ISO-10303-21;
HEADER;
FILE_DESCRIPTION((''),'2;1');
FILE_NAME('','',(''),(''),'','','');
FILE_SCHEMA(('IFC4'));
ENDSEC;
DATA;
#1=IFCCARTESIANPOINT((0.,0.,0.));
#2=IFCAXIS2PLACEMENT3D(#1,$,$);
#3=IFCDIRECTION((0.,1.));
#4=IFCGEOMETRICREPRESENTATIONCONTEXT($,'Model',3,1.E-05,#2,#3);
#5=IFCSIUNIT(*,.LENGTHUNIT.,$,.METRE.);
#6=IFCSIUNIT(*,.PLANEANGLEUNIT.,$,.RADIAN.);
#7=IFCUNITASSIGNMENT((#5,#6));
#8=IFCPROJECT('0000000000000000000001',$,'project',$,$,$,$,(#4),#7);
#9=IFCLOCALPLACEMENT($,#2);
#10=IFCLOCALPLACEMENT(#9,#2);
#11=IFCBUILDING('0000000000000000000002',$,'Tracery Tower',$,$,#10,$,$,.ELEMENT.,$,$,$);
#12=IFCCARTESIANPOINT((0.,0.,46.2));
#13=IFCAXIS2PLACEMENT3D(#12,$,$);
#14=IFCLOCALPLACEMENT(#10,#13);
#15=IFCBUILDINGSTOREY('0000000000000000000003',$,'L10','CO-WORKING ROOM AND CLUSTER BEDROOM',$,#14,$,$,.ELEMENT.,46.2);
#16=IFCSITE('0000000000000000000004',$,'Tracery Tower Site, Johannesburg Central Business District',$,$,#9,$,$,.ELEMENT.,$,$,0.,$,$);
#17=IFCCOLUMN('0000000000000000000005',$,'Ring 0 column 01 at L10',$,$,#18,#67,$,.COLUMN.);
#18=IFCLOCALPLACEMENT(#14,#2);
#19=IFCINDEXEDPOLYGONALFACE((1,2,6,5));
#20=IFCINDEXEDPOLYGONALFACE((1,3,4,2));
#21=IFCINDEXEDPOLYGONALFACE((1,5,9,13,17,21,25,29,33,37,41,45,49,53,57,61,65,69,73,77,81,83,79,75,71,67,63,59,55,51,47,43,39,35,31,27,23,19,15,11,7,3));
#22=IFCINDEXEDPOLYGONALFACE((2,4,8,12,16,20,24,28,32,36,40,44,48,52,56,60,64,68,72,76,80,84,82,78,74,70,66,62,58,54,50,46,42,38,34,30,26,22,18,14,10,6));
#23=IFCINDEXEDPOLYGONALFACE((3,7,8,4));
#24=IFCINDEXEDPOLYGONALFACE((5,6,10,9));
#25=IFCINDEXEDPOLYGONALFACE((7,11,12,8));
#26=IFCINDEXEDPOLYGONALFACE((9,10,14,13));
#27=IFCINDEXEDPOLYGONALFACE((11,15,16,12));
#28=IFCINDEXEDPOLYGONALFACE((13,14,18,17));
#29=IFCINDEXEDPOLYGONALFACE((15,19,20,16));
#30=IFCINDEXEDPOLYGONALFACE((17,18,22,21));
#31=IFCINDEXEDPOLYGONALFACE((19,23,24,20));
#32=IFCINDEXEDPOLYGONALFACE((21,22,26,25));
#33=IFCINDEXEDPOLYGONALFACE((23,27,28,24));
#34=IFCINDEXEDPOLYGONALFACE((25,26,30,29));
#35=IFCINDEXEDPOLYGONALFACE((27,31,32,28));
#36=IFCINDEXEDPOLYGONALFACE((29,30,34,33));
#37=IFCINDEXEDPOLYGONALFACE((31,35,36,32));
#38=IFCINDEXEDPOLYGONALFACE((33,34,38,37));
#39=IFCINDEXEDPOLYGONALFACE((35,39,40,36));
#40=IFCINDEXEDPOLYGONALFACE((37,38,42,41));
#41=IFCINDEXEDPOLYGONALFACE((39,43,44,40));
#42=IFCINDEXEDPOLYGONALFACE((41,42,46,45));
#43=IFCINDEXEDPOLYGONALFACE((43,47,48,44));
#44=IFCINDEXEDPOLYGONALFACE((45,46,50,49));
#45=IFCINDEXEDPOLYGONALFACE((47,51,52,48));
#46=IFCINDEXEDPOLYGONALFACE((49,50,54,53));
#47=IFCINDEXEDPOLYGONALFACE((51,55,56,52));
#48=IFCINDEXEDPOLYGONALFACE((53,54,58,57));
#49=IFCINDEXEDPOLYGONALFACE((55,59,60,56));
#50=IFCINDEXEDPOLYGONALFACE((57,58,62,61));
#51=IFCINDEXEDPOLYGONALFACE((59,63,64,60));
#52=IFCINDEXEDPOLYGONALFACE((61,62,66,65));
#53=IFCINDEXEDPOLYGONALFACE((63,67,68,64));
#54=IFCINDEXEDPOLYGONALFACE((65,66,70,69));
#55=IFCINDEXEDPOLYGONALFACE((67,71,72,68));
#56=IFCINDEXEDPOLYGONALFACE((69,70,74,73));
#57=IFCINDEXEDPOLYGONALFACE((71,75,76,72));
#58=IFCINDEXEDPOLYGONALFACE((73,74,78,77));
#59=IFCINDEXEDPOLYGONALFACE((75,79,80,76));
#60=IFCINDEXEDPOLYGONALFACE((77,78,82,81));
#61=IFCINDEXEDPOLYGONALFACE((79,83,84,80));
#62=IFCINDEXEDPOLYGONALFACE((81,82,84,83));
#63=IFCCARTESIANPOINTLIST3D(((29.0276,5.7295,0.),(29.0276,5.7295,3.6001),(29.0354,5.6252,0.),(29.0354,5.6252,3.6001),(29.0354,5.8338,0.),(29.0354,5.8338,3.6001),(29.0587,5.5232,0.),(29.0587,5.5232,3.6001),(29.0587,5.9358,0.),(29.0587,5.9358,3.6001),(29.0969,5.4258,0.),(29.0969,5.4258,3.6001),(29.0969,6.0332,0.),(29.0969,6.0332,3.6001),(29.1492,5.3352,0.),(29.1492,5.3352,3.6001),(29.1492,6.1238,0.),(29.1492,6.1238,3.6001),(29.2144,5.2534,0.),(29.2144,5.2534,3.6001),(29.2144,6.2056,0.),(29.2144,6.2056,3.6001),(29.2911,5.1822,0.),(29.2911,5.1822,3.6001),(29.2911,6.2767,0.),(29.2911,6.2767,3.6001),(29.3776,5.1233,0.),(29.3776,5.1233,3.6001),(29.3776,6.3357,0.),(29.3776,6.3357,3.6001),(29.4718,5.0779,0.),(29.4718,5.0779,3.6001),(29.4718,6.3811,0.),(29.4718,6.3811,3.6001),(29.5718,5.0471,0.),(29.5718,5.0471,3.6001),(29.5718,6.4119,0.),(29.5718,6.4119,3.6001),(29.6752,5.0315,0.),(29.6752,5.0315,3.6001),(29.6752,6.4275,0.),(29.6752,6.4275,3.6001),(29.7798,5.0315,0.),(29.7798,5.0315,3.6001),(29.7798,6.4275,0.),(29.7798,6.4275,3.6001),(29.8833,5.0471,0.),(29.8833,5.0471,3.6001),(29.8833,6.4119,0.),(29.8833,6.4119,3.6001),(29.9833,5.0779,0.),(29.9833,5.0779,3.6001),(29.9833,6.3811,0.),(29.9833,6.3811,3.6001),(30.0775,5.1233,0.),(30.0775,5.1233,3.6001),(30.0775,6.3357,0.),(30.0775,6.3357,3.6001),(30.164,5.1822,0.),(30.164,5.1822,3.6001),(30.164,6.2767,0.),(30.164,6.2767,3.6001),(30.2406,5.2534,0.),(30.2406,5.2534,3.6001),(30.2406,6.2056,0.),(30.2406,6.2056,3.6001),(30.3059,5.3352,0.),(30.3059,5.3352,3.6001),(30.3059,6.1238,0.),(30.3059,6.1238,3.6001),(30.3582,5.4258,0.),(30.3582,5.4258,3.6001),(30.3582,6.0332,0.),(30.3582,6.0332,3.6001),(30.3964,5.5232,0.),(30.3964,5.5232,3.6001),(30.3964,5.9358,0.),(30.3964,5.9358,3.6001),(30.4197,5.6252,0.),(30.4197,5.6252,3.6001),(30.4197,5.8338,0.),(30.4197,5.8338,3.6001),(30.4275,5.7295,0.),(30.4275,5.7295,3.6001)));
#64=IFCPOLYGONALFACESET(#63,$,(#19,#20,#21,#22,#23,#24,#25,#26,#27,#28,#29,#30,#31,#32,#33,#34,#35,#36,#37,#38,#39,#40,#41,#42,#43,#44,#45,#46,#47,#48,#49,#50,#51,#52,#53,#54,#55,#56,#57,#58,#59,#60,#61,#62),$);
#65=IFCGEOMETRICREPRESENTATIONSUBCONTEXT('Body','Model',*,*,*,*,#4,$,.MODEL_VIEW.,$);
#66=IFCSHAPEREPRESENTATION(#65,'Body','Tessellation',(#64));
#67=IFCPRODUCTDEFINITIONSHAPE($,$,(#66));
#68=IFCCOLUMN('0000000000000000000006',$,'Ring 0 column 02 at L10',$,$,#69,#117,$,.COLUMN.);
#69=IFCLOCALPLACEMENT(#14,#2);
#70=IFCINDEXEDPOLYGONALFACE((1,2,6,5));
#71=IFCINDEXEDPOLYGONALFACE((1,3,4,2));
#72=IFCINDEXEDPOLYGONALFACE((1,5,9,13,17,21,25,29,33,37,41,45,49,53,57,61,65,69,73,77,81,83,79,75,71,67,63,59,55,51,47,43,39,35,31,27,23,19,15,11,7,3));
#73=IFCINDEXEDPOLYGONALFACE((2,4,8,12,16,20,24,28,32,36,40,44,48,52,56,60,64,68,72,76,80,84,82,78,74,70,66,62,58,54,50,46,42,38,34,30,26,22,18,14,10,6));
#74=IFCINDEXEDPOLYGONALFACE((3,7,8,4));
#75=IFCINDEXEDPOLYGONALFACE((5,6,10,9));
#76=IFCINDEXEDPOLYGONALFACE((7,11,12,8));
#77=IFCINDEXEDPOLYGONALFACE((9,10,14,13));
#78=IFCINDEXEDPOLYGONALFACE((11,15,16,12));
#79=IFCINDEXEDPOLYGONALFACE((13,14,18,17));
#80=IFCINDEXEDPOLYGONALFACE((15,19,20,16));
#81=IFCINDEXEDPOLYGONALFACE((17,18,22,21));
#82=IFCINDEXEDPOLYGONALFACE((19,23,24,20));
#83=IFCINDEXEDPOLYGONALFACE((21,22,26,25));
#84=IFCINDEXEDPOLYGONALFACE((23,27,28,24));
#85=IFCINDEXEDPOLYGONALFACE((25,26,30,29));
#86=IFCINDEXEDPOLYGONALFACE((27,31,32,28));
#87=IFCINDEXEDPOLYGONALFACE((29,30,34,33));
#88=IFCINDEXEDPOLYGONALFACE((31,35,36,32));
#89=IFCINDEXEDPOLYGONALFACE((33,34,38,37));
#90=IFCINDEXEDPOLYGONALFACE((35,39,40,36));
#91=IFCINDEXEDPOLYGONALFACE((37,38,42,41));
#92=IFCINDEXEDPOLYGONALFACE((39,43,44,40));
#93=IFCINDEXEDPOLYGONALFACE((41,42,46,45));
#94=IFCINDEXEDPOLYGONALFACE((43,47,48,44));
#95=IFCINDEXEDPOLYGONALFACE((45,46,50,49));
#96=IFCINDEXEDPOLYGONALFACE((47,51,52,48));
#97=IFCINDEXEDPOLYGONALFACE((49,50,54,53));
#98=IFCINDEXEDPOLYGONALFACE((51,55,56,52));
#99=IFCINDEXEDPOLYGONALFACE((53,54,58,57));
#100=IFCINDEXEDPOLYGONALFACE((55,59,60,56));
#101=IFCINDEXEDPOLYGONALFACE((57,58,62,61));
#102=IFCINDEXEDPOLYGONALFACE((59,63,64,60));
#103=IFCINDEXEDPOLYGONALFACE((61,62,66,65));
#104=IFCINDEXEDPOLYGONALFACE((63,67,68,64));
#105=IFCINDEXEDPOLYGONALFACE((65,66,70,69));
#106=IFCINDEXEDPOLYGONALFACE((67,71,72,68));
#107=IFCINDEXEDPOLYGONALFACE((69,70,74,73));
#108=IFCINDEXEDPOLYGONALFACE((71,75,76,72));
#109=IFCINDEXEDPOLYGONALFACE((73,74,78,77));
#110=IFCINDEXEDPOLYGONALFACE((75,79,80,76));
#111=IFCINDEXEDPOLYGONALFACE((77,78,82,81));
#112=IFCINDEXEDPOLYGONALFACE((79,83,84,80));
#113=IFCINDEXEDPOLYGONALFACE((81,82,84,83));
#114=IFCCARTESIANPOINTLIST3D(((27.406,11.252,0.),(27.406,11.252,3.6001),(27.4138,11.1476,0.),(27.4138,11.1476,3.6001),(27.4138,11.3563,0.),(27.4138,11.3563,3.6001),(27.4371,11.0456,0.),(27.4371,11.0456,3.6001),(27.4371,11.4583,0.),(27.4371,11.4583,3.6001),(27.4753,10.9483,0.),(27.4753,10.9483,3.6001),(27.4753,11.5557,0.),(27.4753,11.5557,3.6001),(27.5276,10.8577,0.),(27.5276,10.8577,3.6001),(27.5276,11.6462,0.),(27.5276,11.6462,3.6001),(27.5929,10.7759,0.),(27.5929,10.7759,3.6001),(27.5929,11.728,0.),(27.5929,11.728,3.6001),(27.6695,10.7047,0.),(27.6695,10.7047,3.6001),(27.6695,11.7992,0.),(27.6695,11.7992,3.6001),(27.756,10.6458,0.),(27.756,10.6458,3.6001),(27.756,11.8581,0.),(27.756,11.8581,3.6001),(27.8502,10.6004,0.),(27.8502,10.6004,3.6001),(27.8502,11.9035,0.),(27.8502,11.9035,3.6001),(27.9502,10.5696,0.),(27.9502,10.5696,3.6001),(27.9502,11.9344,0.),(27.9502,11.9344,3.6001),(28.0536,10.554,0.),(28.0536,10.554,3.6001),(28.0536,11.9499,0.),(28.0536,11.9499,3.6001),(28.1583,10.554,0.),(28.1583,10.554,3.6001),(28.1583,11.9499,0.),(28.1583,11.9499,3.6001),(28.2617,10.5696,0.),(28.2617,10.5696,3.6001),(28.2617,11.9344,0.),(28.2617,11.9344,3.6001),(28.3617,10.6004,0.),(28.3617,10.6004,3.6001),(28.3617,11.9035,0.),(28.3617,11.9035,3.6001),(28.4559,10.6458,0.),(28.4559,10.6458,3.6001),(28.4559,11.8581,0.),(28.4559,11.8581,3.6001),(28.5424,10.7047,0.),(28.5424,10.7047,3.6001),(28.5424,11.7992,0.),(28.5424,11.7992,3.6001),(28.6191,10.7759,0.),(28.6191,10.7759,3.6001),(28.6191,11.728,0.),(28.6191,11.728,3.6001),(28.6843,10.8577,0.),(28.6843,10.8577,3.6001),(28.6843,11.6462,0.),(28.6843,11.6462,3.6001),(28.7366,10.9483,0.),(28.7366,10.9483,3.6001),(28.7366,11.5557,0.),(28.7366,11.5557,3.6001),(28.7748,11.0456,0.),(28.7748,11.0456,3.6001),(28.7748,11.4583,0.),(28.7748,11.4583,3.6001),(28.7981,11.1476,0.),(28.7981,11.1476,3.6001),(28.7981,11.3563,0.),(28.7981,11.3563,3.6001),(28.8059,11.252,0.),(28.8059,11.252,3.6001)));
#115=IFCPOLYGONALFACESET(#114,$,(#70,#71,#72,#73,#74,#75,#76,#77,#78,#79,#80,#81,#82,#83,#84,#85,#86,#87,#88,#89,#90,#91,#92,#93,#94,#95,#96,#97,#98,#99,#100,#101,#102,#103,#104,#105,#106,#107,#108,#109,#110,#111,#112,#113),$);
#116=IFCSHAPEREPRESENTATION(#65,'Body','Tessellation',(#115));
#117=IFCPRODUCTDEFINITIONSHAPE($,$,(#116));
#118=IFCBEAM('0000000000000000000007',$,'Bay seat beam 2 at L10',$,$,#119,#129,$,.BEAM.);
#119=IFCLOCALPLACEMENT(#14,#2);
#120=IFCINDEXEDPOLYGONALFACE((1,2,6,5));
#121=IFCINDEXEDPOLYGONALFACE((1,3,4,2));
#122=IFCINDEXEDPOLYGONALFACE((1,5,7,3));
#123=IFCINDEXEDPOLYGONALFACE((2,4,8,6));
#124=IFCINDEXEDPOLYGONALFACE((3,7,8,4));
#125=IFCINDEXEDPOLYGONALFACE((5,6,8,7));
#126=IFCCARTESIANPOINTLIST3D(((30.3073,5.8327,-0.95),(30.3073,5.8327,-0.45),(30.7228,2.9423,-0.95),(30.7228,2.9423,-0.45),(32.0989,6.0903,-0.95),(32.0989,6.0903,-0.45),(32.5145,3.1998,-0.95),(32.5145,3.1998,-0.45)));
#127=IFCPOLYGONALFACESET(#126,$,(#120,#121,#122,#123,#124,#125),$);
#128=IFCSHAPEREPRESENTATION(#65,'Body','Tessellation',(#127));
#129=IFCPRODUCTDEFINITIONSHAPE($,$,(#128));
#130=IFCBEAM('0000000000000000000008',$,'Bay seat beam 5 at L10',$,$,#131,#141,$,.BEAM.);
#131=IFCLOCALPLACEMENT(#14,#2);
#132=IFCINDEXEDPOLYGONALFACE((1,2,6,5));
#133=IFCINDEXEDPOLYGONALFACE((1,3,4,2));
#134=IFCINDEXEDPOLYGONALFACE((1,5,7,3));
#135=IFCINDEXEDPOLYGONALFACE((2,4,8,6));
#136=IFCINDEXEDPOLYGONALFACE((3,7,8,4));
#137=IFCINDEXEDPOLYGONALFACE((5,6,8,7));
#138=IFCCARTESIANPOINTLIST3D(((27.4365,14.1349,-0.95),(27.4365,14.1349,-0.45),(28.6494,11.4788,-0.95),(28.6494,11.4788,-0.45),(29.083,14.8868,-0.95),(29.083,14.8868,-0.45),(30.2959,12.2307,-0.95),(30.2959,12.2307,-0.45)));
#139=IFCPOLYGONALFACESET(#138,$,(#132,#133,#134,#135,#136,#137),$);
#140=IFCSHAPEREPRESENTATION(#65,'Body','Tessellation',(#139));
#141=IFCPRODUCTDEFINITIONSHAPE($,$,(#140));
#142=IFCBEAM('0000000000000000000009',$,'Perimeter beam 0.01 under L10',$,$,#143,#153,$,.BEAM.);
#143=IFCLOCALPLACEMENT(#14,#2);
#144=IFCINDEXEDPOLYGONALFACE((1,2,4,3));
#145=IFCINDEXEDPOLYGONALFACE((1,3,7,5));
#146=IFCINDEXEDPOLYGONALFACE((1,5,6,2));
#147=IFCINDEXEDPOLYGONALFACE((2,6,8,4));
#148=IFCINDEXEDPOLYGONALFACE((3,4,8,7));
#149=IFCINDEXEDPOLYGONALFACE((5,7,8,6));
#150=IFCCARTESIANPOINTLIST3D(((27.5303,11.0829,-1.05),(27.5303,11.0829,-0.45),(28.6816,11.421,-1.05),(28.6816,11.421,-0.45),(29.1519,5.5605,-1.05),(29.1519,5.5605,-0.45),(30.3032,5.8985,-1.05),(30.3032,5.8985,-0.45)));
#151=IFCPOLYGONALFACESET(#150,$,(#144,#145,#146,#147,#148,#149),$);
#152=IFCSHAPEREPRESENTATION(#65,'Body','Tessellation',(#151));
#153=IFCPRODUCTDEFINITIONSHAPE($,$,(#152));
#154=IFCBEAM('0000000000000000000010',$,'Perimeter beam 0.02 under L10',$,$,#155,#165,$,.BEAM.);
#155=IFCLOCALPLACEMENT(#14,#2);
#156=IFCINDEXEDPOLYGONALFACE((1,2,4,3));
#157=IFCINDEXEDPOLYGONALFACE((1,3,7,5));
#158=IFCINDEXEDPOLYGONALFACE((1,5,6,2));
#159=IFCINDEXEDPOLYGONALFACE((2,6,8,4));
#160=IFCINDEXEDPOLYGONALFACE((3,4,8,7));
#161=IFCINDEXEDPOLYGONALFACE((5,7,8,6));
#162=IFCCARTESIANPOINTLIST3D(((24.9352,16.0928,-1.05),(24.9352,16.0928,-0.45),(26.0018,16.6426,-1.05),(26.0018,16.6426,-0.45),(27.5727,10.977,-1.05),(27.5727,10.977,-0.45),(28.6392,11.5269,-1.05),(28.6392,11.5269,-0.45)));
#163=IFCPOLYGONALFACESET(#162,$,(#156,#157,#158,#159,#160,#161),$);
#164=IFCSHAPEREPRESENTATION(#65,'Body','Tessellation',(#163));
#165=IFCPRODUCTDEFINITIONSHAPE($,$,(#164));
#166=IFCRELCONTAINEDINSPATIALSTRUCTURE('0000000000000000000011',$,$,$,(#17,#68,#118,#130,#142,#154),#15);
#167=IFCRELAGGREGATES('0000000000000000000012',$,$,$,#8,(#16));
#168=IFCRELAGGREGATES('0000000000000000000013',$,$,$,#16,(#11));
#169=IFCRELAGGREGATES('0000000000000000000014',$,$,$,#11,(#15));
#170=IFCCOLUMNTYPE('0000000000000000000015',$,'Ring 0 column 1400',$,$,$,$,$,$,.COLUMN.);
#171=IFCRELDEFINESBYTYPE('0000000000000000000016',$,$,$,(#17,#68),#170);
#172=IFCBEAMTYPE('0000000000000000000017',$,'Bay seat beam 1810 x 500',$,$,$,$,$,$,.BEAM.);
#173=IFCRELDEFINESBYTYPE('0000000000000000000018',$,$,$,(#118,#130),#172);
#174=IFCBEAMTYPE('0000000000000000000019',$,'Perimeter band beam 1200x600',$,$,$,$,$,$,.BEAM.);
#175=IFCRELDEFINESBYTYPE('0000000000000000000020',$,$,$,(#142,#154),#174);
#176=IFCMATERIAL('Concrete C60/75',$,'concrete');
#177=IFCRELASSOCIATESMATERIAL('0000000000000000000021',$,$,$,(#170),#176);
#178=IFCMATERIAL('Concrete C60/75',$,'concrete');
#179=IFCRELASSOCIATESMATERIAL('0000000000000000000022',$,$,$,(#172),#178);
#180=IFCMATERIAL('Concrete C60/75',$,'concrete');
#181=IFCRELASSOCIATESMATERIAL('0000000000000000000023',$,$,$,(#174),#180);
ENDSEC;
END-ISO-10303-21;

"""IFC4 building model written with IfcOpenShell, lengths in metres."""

from ifc_helpers import new_model, si_unit, direction, frame, origin, origin_2d, place, context, subcontext, project, spatial, rectangle, circle, extrude, material, material_profile, profile_set, type_object, element, save


model = new_model("IFC4")

# Units and contexts
model_context = context("Model", 3, precision=1e-05, world=origin(), true_north=direction((0.0, 1.0)))
body_context = subcontext(model_context, "Body", "Model", "MODEL_VIEW")
ifc_project = project(units=[si_unit("LENGTHUNIT", "METRE"), si_unit("PLANEANGLEUNIT", "RADIAN")], contexts=[model_context])

# Site, building, storey
site_placement = place(None, origin())
site = spatial("IfcSite", under=ifc_project, at=site_placement, Name="Tracery Tower Site, Johannesburg Central Business District", CompositionType="ELEMENT", RefElevation=0.0)
building_placement = place(site_placement, origin())
building = spatial("IfcBuilding", under=site, at=building_placement, Name="Tracery Tower", CompositionType="ELEMENT")
storey_placement = place(building_placement, frame((0.0, 0.0, 46.2)))
storey = spatial("IfcBuildingStorey", under=building, at=storey_placement, Name="L10", Description="CO-WORKING ROOM AND CLUSTER BEDROOM", CompositionType="ELEMENT", Elevation=46.2)

# Columns
ifc_material_1 = material(Name="Concrete C60/75", Category="concrete")
ifc_material_profile_1 = material_profile(ifc_material_1, circle(Radius=0.7, at=origin_2d()), Name="RC D1400")
ifc_profile_set_1 = profile_set([ifc_material_profile_1], Name="Concrete C60/75")
column_type = type_object("IfcColumnType", Name="Ring 0 column 1400", PredefinedType="COLUMN", material=ifc_profile_set_1)
for number, where, z_axis, x_axis, name in (
    (1, (29.7275, 5.7295, 0.0), (0.0, 0.0, 1.0), (1.0, 0.0, 0.0), "Ring 0 column 01 at L10"),
    (2, (28.106, 11.252, 0.0), (0.0, 0.0, 1.0), (1.0, 0.0, 0.0), "Ring 0 column 02 at L10"),
):
    element("IfcColumn", number, at=place(storey_placement, frame(where, z_axis=z_axis, x_axis=x_axis)), inside=storey, type_object=column_type, Name=name, PredefinedType="COLUMN", context=body_context, shape_type="SweptSolid", body=[
        extrude(circle(Radius=0.7, at=origin_2d()), origin(), (0.0, 0.0, 1.0), 3.6001),
    ])

# Beams
ifc_material_2 = material(Name="Concrete C60/75", Category="concrete")
ifc_material_profile_2 = material_profile(ifc_material_2, rectangle(XDim=1.8101, YDim=0.5, at=origin_2d()), Name="RC 1810x500")
ifc_profile_set_2 = profile_set([ifc_material_profile_2], Name="Concrete C60/75")
beam_type_1 = type_object("IfcBeamType", Name="Bay seat beam 1810 x 500", PredefinedType="BEAM", material=ifc_profile_set_2)
beam_1_placement = place(storey_placement, frame((31.6187, 3.071, -0.7), z_axis=(-0.142299, 0.989824, 0.0), x_axis=(-0.989824, -0.142299, 0.0)))
element("IfcBeam", 3, at=beam_1_placement, inside=storey, type_object=beam_type_1, Name="Bay seat beam 2 at L10", PredefinedType="BEAM", context=body_context, shape_type="SweptSolid", body=[
    extrude(rectangle(XDim=1.8101, YDim=0.5, at=origin_2d()), origin(), (0.0, 0.0, 1.0), 2.9202),
])
beam_2_placement = place(storey_placement, frame((29.4727, 11.8547, -0.7), z_axis=(-0.415396, 0.909641, 0.0), x_axis=(-0.909641, -0.415396, 0.0)))
element("IfcBeam", 4, at=beam_2_placement, inside=storey, type_object=beam_type_1, Name="Bay seat beam 5 at L10", PredefinedType="BEAM", context=body_context, shape_type="SweptSolid", body=[
    extrude(rectangle(XDim=1.8101, YDim=0.5, at=origin_2d()), origin(), (0.0, 0.0, 1.0), 2.9199),
])
ifc_material_3 = material(Name="Concrete C60/75", Category="concrete")
ifc_material_profile_3 = material_profile(ifc_material_3, rectangle(XDim=1.2, YDim=0.6001, at=origin_2d()), Name="RC 1200x600")
ifc_profile_set_3 = profile_set([ifc_material_profile_3], Name="Concrete C60/75")
beam_type_2 = type_object("IfcBeamType", Name="Perimeter band beam 1200x600", PredefinedType="BEAM", material=ifc_profile_set_3)
for number, where, z_axis, x_axis, name in (
    (5, (29.7275, 5.7295, -0.75), (-0.281739, 0.959491, 0.0), (-0.959491, -0.281739, 0.0), "Perimeter beam 0.01 under L10"),
    (6, (28.106, 11.252, -0.75), (-0.458242, 0.888827, 0.0), (-0.888827, -0.458242, 0.0), "Perimeter beam 0.02 under L10"),
):
    element("IfcBeam", number, at=place(storey_placement, frame(where, z_axis=z_axis, x_axis=x_axis)), inside=storey, type_object=beam_type_2, Name=name, PredefinedType="BEAM", context=body_context, shape_type="SweptSolid", body=[
        extrude(rectangle(XDim=1.2, YDim=0.6001, at=origin_2d()), origin(), (0.0, 0.0, 1.0), 5.7556),
    ])

save(model, "model.ifc")
